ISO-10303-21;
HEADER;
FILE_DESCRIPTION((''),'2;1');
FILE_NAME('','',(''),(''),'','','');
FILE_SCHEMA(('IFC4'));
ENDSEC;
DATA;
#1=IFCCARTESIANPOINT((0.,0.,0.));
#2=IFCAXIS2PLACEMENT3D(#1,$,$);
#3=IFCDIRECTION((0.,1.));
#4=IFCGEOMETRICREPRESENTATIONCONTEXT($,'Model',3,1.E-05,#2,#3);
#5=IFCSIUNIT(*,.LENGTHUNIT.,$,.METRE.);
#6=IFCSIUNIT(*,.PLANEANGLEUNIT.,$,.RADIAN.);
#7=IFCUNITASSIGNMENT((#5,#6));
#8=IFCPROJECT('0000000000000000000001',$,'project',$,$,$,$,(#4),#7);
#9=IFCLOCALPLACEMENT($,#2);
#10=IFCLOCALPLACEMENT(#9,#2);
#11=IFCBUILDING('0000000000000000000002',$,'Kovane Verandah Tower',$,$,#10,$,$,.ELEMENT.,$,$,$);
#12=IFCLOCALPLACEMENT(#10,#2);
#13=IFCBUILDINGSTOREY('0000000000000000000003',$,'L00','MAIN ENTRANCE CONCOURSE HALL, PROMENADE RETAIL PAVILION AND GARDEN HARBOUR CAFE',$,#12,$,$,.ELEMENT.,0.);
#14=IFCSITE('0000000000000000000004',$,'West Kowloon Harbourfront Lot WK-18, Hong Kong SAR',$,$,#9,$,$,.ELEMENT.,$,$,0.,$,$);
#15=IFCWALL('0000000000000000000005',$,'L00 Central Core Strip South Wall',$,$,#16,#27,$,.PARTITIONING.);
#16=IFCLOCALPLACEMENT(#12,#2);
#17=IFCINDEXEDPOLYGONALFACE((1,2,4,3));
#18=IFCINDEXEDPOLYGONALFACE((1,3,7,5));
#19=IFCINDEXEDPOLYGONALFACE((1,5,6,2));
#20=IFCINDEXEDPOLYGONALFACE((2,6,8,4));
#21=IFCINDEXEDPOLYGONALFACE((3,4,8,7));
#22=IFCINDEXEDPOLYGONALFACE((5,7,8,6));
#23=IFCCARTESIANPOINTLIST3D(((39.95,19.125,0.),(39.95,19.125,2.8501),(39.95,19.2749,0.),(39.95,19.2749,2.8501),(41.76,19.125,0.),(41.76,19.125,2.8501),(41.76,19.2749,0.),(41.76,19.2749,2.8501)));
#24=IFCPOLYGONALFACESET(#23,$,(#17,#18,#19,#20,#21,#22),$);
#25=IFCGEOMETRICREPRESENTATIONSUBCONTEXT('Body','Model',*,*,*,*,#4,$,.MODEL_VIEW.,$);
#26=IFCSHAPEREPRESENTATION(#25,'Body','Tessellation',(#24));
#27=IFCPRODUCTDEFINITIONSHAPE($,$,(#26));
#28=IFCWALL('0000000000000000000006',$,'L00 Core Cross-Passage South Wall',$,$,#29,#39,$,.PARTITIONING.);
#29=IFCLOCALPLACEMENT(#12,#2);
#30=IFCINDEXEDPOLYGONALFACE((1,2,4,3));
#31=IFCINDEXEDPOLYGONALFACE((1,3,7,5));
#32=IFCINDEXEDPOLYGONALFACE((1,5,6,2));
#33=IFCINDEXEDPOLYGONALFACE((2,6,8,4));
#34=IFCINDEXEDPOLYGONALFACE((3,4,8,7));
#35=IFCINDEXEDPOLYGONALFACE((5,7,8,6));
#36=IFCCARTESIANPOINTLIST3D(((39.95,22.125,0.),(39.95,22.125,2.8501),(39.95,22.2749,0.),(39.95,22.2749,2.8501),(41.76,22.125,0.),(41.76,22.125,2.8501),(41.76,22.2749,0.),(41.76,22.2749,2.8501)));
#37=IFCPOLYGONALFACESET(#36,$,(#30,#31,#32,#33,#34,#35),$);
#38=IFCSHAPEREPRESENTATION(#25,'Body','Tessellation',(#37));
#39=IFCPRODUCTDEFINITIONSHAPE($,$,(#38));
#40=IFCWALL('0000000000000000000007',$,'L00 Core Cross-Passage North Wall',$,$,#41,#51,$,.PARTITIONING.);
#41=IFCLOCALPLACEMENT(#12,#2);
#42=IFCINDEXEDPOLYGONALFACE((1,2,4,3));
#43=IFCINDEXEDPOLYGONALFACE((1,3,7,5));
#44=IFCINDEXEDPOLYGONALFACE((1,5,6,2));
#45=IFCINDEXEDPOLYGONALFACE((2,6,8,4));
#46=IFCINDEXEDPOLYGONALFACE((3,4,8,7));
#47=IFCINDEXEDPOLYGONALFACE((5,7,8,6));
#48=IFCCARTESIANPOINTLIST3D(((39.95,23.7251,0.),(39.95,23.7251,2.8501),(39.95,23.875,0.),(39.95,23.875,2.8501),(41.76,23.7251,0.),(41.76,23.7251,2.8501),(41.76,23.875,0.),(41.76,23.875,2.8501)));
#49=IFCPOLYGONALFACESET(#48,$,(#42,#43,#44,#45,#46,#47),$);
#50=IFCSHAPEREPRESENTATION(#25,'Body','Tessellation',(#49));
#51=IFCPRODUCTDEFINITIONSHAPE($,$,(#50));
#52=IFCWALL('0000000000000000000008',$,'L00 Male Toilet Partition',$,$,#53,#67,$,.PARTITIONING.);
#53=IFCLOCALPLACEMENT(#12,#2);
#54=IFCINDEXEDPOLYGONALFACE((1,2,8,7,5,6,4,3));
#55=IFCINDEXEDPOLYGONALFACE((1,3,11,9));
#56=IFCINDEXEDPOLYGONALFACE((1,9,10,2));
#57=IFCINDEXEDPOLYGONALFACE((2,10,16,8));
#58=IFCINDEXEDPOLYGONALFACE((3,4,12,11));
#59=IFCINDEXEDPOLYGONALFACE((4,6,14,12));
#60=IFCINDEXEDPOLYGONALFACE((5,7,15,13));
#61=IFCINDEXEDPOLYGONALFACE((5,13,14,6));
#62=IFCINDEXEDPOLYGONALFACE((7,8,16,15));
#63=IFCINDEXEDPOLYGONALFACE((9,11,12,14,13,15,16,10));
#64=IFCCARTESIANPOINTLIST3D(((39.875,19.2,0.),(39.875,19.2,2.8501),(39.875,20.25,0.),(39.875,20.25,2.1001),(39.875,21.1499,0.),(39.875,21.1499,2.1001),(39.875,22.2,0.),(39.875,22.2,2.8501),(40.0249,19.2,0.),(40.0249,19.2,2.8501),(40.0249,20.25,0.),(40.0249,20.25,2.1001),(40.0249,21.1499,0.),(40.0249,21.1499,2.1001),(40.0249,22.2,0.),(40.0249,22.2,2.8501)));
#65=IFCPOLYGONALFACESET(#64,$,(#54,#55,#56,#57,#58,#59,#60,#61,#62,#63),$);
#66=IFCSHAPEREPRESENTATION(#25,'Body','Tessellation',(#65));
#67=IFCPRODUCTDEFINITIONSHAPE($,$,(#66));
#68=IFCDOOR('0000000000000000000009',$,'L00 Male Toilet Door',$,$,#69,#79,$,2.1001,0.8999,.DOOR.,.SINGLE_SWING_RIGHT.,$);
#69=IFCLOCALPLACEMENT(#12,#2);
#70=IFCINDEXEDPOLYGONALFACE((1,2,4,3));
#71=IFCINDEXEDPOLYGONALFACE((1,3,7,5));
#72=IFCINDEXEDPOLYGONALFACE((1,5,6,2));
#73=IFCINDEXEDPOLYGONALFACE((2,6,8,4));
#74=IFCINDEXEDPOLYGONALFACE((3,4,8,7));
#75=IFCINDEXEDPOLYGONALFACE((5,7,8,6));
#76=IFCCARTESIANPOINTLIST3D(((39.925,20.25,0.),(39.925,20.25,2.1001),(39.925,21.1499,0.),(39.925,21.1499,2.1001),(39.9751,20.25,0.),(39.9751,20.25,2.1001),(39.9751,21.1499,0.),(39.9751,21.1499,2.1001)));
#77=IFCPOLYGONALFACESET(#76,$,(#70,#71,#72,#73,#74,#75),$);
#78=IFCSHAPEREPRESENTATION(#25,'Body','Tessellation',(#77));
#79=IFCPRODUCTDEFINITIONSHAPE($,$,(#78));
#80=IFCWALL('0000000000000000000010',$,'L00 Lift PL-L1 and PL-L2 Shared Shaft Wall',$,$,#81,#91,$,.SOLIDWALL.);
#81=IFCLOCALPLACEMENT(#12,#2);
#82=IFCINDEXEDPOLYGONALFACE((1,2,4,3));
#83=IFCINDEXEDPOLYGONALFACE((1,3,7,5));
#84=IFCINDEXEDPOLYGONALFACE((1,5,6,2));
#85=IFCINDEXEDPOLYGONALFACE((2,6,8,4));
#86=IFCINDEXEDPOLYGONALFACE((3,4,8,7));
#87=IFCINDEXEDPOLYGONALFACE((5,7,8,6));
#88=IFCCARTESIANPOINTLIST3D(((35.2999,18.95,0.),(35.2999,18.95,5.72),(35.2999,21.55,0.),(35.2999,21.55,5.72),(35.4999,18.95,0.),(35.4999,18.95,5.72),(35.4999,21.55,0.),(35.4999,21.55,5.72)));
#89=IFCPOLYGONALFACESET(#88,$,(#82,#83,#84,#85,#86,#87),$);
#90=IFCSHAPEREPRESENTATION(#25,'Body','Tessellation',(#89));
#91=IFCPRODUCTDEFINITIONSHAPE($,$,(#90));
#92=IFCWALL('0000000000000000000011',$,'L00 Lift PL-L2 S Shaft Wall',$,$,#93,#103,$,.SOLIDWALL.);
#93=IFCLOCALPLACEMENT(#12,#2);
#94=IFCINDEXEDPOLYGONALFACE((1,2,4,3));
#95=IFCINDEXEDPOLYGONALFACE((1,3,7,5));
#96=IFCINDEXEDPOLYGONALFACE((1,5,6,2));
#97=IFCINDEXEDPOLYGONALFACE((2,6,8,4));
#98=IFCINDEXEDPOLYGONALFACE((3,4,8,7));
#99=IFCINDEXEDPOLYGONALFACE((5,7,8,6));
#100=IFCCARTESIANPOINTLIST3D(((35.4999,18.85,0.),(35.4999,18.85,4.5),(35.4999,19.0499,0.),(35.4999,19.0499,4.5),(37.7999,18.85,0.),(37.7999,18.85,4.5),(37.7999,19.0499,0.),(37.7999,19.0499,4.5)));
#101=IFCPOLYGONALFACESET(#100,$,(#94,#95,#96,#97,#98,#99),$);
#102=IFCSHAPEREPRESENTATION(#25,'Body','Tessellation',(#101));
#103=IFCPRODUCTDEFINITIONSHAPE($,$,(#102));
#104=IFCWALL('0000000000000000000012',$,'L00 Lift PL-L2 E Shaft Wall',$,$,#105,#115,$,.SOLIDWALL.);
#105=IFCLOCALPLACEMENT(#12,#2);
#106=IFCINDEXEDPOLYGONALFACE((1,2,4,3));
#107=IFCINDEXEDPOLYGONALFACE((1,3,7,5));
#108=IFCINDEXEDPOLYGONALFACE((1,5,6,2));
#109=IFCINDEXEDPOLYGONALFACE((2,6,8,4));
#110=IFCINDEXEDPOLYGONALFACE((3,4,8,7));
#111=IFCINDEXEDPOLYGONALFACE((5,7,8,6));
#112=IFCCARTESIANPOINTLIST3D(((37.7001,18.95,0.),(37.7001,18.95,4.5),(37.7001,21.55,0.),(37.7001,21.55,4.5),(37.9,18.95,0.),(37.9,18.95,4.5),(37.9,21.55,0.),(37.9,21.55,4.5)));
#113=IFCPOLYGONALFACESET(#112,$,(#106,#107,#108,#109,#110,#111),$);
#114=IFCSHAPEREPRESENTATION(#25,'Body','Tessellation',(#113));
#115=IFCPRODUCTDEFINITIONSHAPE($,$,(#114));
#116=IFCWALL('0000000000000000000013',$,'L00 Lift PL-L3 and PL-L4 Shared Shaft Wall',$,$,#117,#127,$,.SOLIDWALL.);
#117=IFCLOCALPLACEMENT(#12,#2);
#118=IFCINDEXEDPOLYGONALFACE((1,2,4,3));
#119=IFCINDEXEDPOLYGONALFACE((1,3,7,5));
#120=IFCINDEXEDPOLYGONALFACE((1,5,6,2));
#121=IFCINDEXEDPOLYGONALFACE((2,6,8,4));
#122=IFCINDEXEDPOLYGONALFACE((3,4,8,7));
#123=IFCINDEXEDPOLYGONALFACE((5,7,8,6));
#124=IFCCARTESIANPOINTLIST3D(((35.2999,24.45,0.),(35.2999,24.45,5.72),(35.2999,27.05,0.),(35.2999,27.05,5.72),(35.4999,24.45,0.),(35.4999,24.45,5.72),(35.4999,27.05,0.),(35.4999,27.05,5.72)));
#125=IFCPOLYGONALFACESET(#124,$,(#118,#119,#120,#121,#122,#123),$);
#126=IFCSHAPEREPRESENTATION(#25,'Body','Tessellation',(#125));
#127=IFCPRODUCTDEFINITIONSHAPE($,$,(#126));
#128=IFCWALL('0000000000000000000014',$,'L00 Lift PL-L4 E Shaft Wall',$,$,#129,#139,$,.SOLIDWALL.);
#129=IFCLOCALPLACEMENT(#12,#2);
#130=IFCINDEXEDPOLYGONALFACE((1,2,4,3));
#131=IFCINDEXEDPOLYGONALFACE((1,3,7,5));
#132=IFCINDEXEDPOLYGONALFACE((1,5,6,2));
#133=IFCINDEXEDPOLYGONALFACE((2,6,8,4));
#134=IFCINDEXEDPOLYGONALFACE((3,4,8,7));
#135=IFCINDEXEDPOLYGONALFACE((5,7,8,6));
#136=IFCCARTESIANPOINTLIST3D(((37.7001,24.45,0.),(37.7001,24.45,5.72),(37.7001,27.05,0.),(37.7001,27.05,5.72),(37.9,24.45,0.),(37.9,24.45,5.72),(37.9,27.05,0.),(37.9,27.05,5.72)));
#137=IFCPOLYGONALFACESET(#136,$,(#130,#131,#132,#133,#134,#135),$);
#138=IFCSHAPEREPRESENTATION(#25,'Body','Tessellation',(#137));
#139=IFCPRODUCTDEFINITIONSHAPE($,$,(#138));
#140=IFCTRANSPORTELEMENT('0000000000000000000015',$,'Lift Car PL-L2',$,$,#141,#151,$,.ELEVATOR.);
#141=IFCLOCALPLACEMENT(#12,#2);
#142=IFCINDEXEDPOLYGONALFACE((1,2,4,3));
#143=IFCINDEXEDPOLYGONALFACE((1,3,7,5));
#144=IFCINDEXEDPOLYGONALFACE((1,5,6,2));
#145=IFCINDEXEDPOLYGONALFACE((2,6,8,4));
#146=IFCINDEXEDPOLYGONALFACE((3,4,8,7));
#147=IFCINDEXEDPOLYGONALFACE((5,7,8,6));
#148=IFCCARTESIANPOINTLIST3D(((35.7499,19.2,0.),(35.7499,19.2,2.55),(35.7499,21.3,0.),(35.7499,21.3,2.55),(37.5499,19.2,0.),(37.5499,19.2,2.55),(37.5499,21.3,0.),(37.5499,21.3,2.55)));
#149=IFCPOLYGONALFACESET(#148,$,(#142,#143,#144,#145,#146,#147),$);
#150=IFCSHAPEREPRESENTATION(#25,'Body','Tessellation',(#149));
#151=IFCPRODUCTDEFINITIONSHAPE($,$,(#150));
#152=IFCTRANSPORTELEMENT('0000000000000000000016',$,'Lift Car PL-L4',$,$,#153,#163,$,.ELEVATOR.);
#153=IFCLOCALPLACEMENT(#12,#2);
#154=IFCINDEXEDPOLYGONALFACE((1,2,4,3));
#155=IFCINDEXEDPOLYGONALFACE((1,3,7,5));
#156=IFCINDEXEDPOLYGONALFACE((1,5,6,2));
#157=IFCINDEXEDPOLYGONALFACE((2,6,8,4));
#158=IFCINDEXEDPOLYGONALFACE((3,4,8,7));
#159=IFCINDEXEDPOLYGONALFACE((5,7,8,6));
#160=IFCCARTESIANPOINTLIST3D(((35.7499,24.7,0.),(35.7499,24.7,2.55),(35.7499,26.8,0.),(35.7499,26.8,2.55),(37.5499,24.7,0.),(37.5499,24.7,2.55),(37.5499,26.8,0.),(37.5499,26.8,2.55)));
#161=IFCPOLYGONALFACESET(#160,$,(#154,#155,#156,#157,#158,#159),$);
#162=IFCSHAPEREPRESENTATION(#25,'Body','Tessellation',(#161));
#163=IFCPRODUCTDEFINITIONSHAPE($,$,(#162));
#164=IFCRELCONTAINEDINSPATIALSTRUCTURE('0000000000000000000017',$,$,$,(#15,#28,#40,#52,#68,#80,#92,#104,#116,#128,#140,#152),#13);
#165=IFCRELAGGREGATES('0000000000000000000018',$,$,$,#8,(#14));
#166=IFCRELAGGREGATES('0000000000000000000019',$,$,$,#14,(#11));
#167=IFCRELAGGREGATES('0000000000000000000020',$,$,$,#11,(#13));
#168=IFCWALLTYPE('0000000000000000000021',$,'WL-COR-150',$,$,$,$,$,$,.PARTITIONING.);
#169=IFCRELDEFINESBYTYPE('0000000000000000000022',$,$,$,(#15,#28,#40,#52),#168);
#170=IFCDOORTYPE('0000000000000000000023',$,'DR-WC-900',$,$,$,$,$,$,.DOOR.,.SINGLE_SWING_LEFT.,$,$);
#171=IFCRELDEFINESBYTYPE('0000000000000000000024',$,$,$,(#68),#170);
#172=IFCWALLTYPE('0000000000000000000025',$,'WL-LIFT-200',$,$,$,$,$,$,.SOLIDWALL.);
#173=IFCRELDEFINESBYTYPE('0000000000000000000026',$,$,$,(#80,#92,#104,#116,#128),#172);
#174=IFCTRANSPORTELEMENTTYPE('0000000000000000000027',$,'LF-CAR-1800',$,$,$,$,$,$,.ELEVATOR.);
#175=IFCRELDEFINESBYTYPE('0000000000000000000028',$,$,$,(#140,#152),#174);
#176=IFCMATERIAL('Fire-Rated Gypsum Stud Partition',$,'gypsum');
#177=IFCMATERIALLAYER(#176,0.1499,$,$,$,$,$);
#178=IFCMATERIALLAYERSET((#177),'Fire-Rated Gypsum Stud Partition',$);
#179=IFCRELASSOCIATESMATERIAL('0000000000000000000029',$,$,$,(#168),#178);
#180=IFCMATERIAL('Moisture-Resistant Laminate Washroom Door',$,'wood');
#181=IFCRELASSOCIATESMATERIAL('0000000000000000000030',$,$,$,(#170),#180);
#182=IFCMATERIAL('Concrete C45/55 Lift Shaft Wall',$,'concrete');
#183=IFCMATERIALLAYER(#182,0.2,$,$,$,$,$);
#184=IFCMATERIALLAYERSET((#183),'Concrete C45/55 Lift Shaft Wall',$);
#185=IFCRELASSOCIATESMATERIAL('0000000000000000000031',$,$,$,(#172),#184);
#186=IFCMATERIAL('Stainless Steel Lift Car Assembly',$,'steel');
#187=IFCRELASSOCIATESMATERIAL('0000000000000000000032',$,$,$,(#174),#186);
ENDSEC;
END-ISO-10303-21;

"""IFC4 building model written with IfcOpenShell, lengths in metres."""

from ifc_helpers import new_model, si_unit, direction, frame, frame_2d, origin, origin_2d, place, context, subcontext, project, spatial, rectangle, extrude, material, layer, layer_set, type_object, element, fill, save


model = new_model("IFC4")

# Units and contexts
model_context = context("Model", 3, precision=1e-05, world=origin(), true_north=direction((0.0, 1.0)))
body_context = subcontext(model_context, "Body", "Model", "MODEL_VIEW")
ifc_project = project(units=[si_unit("LENGTHUNIT", "METRE"), si_unit("PLANEANGLEUNIT", "RADIAN")], contexts=[model_context])

# Site, building, storey
site_placement = place(None, origin())
site = spatial("IfcSite", under=ifc_project, at=site_placement, Name="West Kowloon Harbourfront Lot WK-18, Hong Kong SAR", CompositionType="ELEMENT", RefElevation=0.0)
building_placement = place(site_placement, origin())
building = spatial("IfcBuilding", under=site, at=building_placement, Name="Kovane Verandah Tower", CompositionType="ELEMENT")
storey_placement = place(building_placement, origin())
storey = spatial("IfcBuildingStorey", under=building, at=storey_placement, Name="L00", Description="MAIN ENTRANCE CONCOURSE HALL, PROMENADE RETAIL PAVILION AND GARDEN HARBOUR CAFE", CompositionType="ELEMENT", Elevation=0.0)

# Walls
ifc_material_1 = material(Name="Fire-Rated Gypsum Stud Partition", Category="gypsum")
ifc_layer_1 = layer(ifc_material_1, 0.1499)
ifc_layer_set_1 = layer_set([ifc_layer_1], Name="Fire-Rated Gypsum Stud Partition")
wall_type_1 = type_object("IfcWallType", Name="WL-COR-150", PredefinedType="PARTITIONING", material=ifc_layer_set_1)
for number, where, z_axis, x_axis, name in (
    (1, (39.95, 19.2, 0.0), (0.0, 0.0, 1.0), (1.0, 0.0, 0.0), "L00 Central Core Strip South Wall"),
    (2, (39.95, 22.2, 0.0), (0.0, 0.0, 1.0), (1.0, 0.0, 0.0), "L00 Core Cross-Passage South Wall"),
    (3, (39.95, 23.8, 0.0), (0.0, 0.0, 1.0), (1.0, 0.0, 0.0), "L00 Core Cross-Passage North Wall"),
):
    element("IfcWall", number, at=place(storey_placement, frame(where, z_axis=z_axis, x_axis=x_axis)), inside=storey, type_object=wall_type_1, Name=name, PredefinedType="PARTITIONING", context=body_context, shape_type="SweptSolid", body=[
        extrude(rectangle(XDim=1.8101, YDim=0.1499, at=frame_2d((0.905, 0.0))), origin(), (0.0, 0.0, 1.0), 2.8501),
    ])

# Wall, opening, door
wall_1_placement = place(storey_placement, frame((39.95, 19.2, 0.0), z_axis=(0.0, 0.0, 1.0), x_axis=(0.0, 1.0, 0.0)))
wall_1 = element("IfcWall", 4, at=wall_1_placement, inside=storey, type_object=wall_type_1, Name="L00 Male Toilet Partition", PredefinedType="PARTITIONING", context=body_context, shape_type="SweptSolid", body=[
    extrude(rectangle(XDim=3.0, YDim=0.1499, at=frame_2d((1.5, 0.0))), origin(), (0.0, 0.0, 1.0), 2.8501),
])
opening_1_placement = place(wall_1_placement, frame((1.05, 0.0, 0.0)))
opening_1 = element("IfcOpeningElement", 5, at=opening_1_placement, cuts=wall_1, PredefinedType="OPENING", context=body_context, shape_type="SweptSolid", body=[
    extrude(rectangle(XDim=0.8999, YDim=2.1001, at=frame_2d((0.45, 1.05))), frame((0.0, 0.075, 0.0), z_axis=(0.0, -1.0, 0.0), x_axis=(1.0, 0.0, 0.0)), (0.0, 0.0, 1.0), 0.1499),
])
ifc_material_2 = material(Name="Moisture-Resistant Laminate Washroom Door", Category="wood")
door_type_1 = type_object("IfcDoorType", Name="DR-WC-900", OperationType="SINGLE_SWING_LEFT", PredefinedType="DOOR", material=ifc_material_2)
door_1_placement = place(opening_1_placement, origin())
door_1 = element("IfcDoor", 6, at=door_1_placement, inside=storey, type_object=door_type_1, Name="L00 Male Toilet Door", OperationType="SINGLE_SWING_RIGHT", OverallHeight=2.1001, OverallWidth=0.8999, PredefinedType="DOOR", context=body_context, shape_type="SweptSolid", body=[
    extrude(rectangle(XDim=0.8999, YDim=2.1001, at=frame_2d((0.45, 1.05))), frame((0.0, 0.0249, 0.0), z_axis=(0.0, -1.0, 0.0), x_axis=(1.0, 0.0, 0.0)), (0.0, 0.0, 1.0), 0.05),
])
fill(opening_1, door_1)
ifc_material_3 = material(Name="Concrete C45/55 Lift Shaft Wall", Category="concrete")
ifc_layer_2 = layer(ifc_material_3, 0.2)
ifc_layer_set_2 = layer_set([ifc_layer_2], Name="Concrete C45/55 Lift Shaft Wall")
wall_type_2 = type_object("IfcWallType", Name="WL-LIFT-200", PredefinedType="SOLIDWALL", material=ifc_layer_set_2)

# Walls
wall_2_placement = place(storey_placement, frame((35.3999, 18.95, 0.0), z_axis=(0.0, 0.0, 1.0), x_axis=(0.0, 1.0, 0.0)))
element("IfcWall", 7, at=wall_2_placement, inside=storey, type_object=wall_type_2, Name="L00 Lift PL-L1 and PL-L2 Shared Shaft Wall", PredefinedType="SOLIDWALL", context=body_context, shape_type="SweptSolid", body=[
    extrude(rectangle(XDim=2.6001, YDim=0.2, at=frame_2d((1.3, 0.0))), origin(), (0.0, 0.0, 1.0), 5.72),
])
wall_3_placement = place(storey_placement, frame((35.5, 18.95, 0.0), z_axis=(0.0, 0.0, 1.0), x_axis=(1.0, 0.0, 0.0)))
element("IfcWall", 8, at=wall_3_placement, inside=storey, type_object=wall_type_2, Name="L00 Lift PL-L2 S Shaft Wall", PredefinedType="SOLIDWALL", context=body_context, shape_type="SweptSolid", body=[
    extrude(rectangle(XDim=2.3, YDim=0.2, at=frame_2d((1.1499, 0.0))), origin(), (0.0, 0.0, 1.0), 4.5),
])

# Walls
wall_4_placement = place(storey_placement, frame((37.8, 18.95, 0.0), z_axis=(0.0, 0.0, 1.0), x_axis=(0.0, 1.0, 0.0)))
element("IfcWall", 9, at=wall_4_placement, inside=storey, type_object=wall_type_2, Name="L00 Lift PL-L2 E Shaft Wall", PredefinedType="SOLIDWALL", context=body_context, shape_type="SweptSolid", body=[
    extrude(rectangle(XDim=2.6001, YDim=0.2, at=frame_2d((1.3, 0.0))), origin(), (0.0, 0.0, 1.0), 4.5),
])
wall_5_placement = place(storey_placement, frame((35.3999, 24.45, 0.0), z_axis=(0.0, 0.0, 1.0), x_axis=(0.0, 1.0, 0.0)))
element("IfcWall", 10, at=wall_5_placement, inside=storey, type_object=wall_type_2, Name="L00 Lift PL-L3 and PL-L4 Shared Shaft Wall", PredefinedType="SOLIDWALL", context=body_context, shape_type="SweptSolid", body=[
    extrude(rectangle(XDim=2.6001, YDim=0.2, at=frame_2d((1.3, 0.0))), origin(), (0.0, 0.0, 1.0), 5.72),
])

# Wall
wall_6_placement = place(storey_placement, frame((37.8, 24.45, 0.0), z_axis=(0.0, 0.0, 1.0), x_axis=(0.0, 1.0, 0.0)))
element("IfcWall", 11, at=wall_6_placement, inside=storey, type_object=wall_type_2, Name="L00 Lift PL-L4 E Shaft Wall", PredefinedType="SOLIDWALL", context=body_context, shape_type="SweptSolid", body=[
    extrude(rectangle(XDim=2.6001, YDim=0.2, at=frame_2d((1.3, 0.0))), origin(), (0.0, 0.0, 1.0), 5.72),
])

# Transport elements
ifc_material_4 = material(Name="Stainless Steel Lift Car Assembly", Category="steel")
transport_element_type = type_object("IfcTransportElementType", Name="LF-CAR-1800", PredefinedType="ELEVATOR", material=ifc_material_4)
for number, where, z_axis, x_axis, name in (
    (12, (36.6499, 20.25, 0.0), (0.0, 0.0, 1.0), (1.0, 0.0, 0.0), "Lift Car PL-L2"),
    (13, (36.6499, 25.75, 0.0), (0.0, 0.0, 1.0), (1.0, 0.0, 0.0), "Lift Car PL-L4"),
):
    element("IfcTransportElement", number, at=place(storey_placement, frame(where, z_axis=z_axis, x_axis=x_axis)), inside=storey, type_object=transport_element_type, Name=name, PredefinedType="ELEVATOR", context=body_context, shape_type="SweptSolid", body=[
        extrude(rectangle(XDim=1.8, YDim=2.1001, at=origin_2d()), origin(), (0.0, 0.0, 1.0), 2.55),
    ])

save(model, "model.ifc")
